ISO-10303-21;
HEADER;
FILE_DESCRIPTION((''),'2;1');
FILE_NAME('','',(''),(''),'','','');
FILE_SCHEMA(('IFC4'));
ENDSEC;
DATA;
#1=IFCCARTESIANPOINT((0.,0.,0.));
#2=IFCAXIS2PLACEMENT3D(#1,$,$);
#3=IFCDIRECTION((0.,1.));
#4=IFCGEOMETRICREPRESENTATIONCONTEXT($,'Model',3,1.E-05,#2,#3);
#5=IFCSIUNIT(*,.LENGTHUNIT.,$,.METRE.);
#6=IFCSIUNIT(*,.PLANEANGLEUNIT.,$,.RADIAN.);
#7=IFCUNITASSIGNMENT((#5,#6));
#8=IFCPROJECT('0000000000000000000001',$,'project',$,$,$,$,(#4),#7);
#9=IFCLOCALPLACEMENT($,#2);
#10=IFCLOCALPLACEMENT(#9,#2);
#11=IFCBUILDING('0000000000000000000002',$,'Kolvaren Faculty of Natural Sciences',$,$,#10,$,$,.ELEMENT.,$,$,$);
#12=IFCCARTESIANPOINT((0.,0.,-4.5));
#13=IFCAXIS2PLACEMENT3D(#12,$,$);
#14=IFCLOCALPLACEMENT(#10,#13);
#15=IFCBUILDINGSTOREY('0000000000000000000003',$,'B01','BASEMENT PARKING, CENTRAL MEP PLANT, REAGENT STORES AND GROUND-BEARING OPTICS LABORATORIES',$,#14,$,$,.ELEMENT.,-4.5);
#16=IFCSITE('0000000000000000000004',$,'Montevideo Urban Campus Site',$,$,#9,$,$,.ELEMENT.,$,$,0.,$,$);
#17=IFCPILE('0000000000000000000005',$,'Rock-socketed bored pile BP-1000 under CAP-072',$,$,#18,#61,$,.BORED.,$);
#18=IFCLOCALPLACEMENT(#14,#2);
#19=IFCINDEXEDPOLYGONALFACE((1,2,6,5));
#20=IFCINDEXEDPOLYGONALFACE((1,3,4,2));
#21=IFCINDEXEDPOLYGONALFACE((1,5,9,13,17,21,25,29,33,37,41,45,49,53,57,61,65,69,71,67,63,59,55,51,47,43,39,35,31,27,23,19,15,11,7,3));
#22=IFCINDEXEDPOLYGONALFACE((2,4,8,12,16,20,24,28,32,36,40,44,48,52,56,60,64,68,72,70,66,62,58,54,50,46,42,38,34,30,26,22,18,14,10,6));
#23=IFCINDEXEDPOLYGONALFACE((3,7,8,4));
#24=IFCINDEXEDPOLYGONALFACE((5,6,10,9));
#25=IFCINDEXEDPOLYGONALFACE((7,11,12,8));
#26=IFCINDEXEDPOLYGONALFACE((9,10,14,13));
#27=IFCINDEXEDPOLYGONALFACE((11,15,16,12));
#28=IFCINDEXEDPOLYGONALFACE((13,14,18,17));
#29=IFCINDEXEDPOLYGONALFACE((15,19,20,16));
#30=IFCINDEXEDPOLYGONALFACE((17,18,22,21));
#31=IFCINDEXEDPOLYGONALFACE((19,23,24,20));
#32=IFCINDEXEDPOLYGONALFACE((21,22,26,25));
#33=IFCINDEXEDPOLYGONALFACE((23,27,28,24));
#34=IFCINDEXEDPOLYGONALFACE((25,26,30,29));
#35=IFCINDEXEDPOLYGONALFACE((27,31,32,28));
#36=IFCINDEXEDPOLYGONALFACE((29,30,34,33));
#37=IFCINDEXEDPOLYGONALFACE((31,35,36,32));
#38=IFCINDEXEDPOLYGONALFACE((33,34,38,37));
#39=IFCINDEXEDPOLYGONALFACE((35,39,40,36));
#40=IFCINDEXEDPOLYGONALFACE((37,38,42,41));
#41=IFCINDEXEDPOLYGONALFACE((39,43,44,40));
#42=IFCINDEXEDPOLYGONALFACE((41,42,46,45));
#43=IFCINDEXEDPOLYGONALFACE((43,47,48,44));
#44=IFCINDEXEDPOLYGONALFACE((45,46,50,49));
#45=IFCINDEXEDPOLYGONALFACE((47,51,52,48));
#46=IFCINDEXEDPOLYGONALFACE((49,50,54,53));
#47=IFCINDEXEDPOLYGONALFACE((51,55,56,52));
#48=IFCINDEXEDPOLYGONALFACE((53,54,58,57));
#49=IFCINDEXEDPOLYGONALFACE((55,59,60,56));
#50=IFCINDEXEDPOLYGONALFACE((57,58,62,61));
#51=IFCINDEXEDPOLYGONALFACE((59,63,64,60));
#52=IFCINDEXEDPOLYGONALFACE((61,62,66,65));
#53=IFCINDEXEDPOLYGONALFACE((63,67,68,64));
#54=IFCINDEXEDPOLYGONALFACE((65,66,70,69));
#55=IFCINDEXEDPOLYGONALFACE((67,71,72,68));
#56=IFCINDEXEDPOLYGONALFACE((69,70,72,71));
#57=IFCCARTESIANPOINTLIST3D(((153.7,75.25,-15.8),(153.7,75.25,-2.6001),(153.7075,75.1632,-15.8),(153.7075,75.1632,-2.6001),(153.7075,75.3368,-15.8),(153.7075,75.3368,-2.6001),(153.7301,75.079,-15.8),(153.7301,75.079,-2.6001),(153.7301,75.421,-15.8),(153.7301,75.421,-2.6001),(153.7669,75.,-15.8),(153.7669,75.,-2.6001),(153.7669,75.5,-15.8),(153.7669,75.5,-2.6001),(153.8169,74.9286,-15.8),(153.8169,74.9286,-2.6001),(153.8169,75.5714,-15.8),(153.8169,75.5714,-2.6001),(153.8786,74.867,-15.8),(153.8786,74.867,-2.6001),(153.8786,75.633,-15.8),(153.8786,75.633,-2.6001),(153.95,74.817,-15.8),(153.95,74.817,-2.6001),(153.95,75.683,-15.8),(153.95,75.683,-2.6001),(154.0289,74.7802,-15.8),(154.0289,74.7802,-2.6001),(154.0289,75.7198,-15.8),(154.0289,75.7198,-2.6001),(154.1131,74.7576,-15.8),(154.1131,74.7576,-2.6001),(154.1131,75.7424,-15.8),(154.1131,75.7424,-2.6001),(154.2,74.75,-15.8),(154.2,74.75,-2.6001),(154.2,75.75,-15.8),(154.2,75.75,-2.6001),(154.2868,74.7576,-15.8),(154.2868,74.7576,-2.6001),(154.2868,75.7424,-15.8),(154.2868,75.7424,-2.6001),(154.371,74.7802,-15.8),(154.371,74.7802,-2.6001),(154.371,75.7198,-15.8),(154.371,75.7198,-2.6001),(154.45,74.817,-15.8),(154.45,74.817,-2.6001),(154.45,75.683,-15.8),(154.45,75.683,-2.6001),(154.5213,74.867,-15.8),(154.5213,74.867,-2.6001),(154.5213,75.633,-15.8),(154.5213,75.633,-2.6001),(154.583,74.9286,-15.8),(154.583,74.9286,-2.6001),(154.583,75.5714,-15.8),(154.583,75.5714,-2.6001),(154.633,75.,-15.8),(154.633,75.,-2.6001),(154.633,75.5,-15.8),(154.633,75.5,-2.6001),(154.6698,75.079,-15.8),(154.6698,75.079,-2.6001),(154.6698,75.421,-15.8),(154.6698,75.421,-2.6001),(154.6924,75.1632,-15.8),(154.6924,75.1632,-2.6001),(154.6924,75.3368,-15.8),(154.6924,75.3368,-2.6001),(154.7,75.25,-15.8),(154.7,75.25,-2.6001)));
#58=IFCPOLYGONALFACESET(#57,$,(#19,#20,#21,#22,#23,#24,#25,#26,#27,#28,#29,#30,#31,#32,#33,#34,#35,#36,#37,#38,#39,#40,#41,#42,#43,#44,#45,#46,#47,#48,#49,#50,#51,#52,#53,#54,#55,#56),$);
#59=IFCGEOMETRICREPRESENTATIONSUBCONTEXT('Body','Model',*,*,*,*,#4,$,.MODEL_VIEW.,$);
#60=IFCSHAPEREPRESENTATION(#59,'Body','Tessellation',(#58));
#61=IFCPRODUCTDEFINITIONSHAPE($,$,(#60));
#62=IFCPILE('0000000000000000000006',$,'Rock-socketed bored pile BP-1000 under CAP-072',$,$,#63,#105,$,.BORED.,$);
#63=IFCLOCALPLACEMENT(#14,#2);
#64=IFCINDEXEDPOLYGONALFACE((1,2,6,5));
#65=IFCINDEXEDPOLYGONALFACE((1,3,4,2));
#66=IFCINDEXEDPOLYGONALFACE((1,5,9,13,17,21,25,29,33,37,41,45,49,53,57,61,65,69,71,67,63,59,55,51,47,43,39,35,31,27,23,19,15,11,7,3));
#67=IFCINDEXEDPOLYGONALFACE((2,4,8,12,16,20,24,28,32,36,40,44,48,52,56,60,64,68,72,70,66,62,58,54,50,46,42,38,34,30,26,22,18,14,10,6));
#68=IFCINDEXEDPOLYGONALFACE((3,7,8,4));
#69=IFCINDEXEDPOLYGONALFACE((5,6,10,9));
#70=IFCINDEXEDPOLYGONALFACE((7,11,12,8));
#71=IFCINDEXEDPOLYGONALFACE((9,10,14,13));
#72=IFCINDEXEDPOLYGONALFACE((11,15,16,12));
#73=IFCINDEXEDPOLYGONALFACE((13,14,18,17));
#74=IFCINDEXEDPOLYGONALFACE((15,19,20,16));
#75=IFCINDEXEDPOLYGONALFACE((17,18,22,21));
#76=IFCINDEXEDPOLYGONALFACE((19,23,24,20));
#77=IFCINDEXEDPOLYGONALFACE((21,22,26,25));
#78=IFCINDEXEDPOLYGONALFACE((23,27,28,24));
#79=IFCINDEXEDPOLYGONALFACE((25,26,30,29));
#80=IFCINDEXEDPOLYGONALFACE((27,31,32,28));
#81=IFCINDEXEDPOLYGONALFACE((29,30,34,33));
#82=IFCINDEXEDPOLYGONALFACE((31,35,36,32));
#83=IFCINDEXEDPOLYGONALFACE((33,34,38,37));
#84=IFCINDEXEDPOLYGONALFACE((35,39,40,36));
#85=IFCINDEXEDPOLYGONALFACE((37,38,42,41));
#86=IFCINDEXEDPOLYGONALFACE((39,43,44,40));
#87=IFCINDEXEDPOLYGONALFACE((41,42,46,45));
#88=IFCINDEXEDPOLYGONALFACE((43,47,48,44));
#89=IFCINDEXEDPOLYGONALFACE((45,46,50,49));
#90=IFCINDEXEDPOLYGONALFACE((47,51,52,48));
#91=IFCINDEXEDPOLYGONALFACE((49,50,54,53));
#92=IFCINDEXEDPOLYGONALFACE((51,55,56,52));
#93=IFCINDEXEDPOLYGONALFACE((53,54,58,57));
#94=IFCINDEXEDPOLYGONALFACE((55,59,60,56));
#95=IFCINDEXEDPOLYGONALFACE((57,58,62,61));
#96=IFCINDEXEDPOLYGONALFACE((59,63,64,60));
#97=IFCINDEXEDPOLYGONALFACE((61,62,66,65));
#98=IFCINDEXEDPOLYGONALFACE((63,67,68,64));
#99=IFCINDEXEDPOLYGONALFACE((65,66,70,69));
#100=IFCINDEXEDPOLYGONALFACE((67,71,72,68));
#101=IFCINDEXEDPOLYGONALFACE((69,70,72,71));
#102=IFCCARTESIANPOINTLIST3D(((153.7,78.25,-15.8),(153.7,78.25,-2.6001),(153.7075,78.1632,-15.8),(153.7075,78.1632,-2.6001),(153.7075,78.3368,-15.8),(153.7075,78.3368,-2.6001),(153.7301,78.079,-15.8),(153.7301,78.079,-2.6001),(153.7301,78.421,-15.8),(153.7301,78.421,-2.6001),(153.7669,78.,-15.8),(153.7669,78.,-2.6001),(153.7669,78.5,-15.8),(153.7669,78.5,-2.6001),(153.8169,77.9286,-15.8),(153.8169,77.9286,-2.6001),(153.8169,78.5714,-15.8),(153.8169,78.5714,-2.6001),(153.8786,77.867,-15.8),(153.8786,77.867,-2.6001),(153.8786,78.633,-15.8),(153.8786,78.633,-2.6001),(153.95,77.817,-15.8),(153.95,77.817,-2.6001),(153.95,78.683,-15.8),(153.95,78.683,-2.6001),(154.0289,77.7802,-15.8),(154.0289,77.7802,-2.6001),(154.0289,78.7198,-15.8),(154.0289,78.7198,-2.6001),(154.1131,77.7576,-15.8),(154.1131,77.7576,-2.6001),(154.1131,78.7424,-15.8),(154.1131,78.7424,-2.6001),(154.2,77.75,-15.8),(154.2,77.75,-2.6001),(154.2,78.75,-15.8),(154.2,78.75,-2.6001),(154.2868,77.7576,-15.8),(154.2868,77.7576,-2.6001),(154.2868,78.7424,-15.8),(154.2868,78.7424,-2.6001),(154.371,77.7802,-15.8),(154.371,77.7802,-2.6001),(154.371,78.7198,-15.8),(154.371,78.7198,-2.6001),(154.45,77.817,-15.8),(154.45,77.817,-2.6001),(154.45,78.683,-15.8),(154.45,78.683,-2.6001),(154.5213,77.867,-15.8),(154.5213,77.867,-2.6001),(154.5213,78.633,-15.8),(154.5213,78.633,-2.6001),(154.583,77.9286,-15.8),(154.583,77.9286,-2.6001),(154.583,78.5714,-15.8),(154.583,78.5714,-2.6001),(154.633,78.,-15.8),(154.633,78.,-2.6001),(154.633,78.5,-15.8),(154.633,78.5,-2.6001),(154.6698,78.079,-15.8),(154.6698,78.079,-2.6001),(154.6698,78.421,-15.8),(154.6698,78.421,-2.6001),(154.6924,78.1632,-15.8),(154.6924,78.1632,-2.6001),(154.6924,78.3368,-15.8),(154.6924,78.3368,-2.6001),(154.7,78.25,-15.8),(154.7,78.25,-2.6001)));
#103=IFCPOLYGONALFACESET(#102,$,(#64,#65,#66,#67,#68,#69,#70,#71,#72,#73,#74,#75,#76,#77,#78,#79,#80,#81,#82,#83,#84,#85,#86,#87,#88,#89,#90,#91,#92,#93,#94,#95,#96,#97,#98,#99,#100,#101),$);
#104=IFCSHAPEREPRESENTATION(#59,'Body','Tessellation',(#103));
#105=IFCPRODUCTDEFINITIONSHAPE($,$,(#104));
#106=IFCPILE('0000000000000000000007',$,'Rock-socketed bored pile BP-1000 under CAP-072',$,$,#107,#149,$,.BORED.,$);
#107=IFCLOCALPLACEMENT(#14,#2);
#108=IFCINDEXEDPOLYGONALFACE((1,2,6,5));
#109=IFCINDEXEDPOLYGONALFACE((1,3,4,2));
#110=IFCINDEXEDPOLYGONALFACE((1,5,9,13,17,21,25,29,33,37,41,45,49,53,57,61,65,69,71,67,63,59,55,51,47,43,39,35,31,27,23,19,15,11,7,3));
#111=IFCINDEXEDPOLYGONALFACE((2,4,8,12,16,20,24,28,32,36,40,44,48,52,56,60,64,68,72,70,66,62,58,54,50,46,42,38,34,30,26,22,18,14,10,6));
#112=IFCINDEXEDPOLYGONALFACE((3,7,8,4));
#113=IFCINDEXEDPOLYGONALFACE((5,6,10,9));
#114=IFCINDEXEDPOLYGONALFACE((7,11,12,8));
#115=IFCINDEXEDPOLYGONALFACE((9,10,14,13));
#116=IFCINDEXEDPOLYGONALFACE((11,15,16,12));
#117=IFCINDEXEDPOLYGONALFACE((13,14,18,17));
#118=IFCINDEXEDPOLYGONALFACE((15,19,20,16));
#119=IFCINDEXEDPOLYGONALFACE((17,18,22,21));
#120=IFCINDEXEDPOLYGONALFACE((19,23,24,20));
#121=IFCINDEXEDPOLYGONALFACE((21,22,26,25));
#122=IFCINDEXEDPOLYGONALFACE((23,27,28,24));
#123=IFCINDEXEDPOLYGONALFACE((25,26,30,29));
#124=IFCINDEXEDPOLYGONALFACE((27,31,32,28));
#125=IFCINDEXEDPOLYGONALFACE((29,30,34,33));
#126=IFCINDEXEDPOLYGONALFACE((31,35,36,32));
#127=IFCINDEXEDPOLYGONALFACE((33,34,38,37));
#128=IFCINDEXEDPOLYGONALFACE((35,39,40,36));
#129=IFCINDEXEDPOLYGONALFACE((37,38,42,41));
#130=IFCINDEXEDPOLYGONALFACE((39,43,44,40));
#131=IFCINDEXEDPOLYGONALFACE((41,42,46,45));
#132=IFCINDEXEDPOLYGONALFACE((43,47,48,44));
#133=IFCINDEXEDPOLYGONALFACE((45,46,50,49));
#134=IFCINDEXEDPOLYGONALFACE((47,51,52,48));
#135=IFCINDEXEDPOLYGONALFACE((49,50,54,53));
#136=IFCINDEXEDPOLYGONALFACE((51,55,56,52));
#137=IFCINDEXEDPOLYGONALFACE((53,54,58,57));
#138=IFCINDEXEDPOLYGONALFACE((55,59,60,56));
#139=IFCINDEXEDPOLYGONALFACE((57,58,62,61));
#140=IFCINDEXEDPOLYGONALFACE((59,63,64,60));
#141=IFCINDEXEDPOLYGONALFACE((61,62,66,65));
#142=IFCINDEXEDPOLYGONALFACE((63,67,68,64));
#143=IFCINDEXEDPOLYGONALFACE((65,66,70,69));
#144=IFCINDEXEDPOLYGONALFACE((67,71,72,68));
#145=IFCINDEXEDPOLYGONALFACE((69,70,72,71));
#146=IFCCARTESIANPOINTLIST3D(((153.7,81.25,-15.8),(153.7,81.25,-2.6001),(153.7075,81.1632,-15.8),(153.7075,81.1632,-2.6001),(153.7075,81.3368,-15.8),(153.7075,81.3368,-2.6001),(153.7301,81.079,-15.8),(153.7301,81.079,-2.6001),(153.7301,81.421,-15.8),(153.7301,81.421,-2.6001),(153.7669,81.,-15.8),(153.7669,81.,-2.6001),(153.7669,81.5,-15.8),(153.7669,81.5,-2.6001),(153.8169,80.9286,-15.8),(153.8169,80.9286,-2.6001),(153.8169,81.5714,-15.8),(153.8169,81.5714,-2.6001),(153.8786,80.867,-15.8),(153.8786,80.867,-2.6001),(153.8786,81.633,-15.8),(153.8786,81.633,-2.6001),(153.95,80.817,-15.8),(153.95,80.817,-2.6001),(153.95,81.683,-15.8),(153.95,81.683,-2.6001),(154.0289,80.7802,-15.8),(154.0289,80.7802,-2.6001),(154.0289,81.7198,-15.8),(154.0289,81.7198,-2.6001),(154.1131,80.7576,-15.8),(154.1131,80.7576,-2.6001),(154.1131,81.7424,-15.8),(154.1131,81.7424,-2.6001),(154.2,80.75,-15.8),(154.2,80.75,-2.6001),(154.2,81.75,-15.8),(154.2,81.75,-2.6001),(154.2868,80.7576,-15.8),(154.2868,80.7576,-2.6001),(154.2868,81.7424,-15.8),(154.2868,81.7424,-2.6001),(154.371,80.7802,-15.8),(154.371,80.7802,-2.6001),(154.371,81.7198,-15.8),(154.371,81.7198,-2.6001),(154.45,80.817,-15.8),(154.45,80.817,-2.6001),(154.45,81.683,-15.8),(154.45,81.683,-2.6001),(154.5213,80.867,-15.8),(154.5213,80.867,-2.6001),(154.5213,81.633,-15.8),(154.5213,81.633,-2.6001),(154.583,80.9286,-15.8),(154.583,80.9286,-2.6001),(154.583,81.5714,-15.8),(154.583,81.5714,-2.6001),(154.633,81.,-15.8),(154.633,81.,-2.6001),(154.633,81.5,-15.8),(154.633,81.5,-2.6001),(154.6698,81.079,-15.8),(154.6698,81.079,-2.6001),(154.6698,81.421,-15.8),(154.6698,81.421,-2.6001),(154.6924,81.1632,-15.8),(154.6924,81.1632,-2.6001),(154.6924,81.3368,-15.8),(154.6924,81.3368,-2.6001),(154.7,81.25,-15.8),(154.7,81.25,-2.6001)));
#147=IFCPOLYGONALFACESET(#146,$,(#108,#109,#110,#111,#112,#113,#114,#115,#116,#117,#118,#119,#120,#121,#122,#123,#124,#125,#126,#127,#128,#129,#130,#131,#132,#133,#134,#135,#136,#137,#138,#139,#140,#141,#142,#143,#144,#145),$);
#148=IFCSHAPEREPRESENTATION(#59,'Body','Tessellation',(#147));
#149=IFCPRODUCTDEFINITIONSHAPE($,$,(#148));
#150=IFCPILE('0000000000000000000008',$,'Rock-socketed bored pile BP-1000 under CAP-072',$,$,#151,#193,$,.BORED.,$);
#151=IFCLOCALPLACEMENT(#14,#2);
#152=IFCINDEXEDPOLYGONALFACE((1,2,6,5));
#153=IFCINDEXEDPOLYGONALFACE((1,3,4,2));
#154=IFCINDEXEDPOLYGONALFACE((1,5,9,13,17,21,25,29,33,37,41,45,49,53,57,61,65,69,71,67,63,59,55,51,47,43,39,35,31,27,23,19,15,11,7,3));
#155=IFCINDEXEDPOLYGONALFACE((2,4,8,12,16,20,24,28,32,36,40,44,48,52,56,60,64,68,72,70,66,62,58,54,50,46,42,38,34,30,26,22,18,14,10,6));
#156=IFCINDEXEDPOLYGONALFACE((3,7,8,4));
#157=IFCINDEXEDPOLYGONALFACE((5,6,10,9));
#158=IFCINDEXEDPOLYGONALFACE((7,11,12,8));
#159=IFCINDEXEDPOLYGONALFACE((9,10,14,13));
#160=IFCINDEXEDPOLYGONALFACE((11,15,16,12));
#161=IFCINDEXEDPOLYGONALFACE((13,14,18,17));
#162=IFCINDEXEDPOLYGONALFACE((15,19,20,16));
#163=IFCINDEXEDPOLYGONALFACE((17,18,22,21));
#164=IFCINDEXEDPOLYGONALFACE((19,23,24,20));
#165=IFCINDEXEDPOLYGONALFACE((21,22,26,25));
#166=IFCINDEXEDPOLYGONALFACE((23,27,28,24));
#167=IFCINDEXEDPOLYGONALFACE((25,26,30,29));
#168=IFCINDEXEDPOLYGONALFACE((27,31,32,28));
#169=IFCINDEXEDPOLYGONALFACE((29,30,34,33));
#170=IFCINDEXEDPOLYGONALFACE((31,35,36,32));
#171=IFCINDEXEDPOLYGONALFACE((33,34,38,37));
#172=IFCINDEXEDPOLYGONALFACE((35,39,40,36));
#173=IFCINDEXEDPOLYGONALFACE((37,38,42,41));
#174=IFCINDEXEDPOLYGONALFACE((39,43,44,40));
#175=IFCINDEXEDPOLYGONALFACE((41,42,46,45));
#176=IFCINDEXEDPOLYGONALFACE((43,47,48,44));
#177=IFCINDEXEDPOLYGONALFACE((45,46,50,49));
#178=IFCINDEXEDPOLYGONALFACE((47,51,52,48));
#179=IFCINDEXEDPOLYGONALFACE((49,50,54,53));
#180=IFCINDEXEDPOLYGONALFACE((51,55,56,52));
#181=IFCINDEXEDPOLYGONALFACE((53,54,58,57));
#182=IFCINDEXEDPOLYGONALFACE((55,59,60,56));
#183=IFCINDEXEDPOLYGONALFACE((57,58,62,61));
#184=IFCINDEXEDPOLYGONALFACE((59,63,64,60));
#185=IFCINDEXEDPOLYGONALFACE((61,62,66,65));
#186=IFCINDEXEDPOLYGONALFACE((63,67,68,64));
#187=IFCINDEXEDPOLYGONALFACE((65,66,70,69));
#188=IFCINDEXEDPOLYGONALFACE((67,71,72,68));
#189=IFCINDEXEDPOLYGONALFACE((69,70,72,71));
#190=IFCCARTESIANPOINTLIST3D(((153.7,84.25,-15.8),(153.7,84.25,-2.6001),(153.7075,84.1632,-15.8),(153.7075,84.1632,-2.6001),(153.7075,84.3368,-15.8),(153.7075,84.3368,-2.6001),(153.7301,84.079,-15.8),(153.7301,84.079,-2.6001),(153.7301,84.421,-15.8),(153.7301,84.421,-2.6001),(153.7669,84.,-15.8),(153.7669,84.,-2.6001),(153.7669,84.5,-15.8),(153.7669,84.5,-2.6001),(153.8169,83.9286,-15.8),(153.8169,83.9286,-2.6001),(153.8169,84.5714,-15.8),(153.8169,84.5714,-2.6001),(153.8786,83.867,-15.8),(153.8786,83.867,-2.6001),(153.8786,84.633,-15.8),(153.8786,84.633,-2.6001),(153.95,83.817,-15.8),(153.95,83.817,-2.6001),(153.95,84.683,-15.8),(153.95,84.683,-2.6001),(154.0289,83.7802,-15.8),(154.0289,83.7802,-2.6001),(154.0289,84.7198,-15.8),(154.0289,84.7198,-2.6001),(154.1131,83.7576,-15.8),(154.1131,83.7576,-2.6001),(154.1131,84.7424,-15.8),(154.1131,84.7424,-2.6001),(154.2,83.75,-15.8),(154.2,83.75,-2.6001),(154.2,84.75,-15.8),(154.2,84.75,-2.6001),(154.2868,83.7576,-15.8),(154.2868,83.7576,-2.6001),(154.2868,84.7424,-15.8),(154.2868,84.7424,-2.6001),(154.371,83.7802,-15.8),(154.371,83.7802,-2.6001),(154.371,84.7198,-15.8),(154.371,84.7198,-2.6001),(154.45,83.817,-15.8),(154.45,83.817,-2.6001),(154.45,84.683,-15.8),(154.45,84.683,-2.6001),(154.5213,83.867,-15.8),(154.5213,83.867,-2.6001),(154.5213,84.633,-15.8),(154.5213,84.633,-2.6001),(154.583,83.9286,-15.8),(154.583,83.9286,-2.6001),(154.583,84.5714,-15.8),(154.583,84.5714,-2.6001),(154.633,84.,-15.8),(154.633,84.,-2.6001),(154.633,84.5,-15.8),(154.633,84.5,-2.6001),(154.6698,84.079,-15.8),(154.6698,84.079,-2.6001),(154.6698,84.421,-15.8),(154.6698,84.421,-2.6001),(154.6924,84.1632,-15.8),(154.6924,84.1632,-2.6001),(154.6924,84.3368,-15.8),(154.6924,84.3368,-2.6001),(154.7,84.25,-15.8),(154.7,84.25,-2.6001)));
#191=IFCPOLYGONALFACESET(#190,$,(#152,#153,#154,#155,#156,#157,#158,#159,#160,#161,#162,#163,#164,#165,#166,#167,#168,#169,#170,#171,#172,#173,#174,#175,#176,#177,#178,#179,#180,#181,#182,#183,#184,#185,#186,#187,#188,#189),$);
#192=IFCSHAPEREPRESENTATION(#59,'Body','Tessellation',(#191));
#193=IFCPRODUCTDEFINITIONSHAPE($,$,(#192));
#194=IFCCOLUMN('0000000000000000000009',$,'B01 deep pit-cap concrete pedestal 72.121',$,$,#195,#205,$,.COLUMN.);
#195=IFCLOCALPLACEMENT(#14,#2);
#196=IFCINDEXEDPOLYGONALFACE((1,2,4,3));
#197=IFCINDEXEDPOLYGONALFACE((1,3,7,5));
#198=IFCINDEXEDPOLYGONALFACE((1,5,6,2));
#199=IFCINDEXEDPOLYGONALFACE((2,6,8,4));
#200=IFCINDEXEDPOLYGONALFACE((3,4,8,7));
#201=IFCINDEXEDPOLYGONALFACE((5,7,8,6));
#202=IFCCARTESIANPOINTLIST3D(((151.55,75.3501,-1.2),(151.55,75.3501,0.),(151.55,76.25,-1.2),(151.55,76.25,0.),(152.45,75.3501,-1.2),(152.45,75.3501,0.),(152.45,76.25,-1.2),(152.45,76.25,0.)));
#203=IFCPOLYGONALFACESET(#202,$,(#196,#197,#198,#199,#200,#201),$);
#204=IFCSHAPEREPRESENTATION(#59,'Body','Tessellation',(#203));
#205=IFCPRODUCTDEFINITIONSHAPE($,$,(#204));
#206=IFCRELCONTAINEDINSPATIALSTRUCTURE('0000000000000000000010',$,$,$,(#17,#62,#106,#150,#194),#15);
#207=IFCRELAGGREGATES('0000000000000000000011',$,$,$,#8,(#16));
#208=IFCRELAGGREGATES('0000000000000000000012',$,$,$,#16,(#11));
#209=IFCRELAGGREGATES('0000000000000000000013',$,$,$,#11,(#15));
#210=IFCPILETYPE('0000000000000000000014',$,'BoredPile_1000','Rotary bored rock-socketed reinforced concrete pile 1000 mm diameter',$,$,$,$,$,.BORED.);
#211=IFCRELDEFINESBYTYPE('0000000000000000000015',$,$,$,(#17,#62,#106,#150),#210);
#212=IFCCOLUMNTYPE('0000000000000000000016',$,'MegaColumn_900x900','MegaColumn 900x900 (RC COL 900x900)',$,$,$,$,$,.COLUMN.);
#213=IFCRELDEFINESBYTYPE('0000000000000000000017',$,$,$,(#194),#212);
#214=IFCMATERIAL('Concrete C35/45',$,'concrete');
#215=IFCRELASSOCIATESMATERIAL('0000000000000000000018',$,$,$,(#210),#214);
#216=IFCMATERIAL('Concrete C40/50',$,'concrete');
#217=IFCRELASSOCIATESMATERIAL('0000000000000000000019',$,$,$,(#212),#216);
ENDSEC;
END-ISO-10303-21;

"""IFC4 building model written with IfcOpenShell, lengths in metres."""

from ifc_helpers import new_model, si_unit, direction, frame, origin, origin_2d, place, context, subcontext, project, spatial, rectangle, circle, extrude, material, material_profile, profile_set, type_object, element, save


model = new_model("IFC4")

# Units and contexts
model_context = context("Model", 3, precision=1e-05, world=origin(), true_north=direction((0.0, 1.0)))
body_context = subcontext(model_context, "Body", "Model", "MODEL_VIEW")
ifc_project = project(units=[si_unit("LENGTHUNIT", "METRE"), si_unit("PLANEANGLEUNIT", "RADIAN")], contexts=[model_context])

# Site, building, storey
site_placement = place(None, origin())
site = spatial("IfcSite", under=ifc_project, at=site_placement, Name="Montevideo Urban Campus Site", CompositionType="ELEMENT", RefElevation=0.0)
building_placement = place(site_placement, origin())
building = spatial("IfcBuilding", under=site, at=building_placement, Name="Kolvaren Faculty of Natural Sciences", CompositionType="ELEMENT")
storey_placement = place(building_placement, frame((0.0, 0.0, -4.5)))
storey = spatial("IfcBuildingStorey", under=building, at=storey_placement, Name="B01", Description="BASEMENT PARKING, CENTRAL MEP PLANT, REAGENT STORES AND GROUND-BEARING OPTICS LABORATORIES", CompositionType="ELEMENT", Elevation=-4.5)

# Piles
ifc_material_1 = material(Name="Concrete C35/45", Category="concrete")
ifc_material_profile_1 = material_profile(ifc_material_1, circle(Radius=0.5, at=origin_2d()), Name="PILE D1000")
ifc_profile_set_1 = profile_set([ifc_material_profile_1], Name="Concrete C35/45")
pile_type = type_object("IfcPileType", Name="BoredPile_1000", Description="Rotary bored rock-socketed reinforced concrete pile 1000 mm diameter", PredefinedType="BORED", material=ifc_profile_set_1)
for number, where, z_axis, x_axis, name in (
    (1, (154.2, 75.25, -2.6001), (0.0, 0.0, -1.0), (1.0, 0.0, 0.0), "Rock-socketed bored pile BP-1000 under CAP-072"),
    (2, (154.2, 78.25, -2.6001), (0.0, 0.0, -1.0), (1.0, 0.0, 0.0), "Rock-socketed bored pile BP-1000 under CAP-072"),
    (3, (154.2, 81.25, -2.6001), (0.0, 0.0, -1.0), (1.0, 0.0, 0.0), "Rock-socketed bored pile BP-1000 under CAP-072"),
    (4, (154.2, 84.25, -2.6001), (0.0, 0.0, -1.0), (1.0, 0.0, 0.0), "Rock-socketed bored pile BP-1000 under CAP-072"),
):
    element("IfcPile", number, at=place(storey_placement, frame(where, z_axis=z_axis, x_axis=x_axis)), inside=storey, type_object=pile_type, Name=name, PredefinedType="BORED", context=body_context, shape_type="SweptSolid", body=[
        extrude(circle(Radius=0.5, at=origin_2d()), origin(), (0.0, 0.0, 1.0), 13.2),
    ])

# Column
ifc_material_2 = material(Name="Concrete C40/50", Category="concrete")
ifc_material_profile_2 = material_profile(ifc_material_2, rectangle(XDim=0.8999, YDim=0.8999, at=origin_2d()), Name="RC COL 900x900")
ifc_profile_set_2 = profile_set([ifc_material_profile_2], Name="Concrete C40/50")
column_type_1 = type_object("IfcColumnType", Name="MegaColumn_900x900", Description="MegaColumn 900x900 (RC COL 900x900)", PredefinedType="COLUMN", material=ifc_profile_set_2)
for number, where, z_axis, x_axis, name in (
    (5, (152.0, 75.8, -1.2), (0.0, 0.0, 1.0), (1.0, 0.0, 0.0), "B01 deep pit-cap concrete pedestal 72.121"),
):
    element("IfcColumn", number, at=place(storey_placement, frame(where, z_axis=z_axis, x_axis=x_axis)), inside=storey, type_object=column_type_1, Name=name, PredefinedType="COLUMN", context=body_context, shape_type="SweptSolid", body=[
        extrude(rectangle(XDim=0.8999, YDim=0.8999, at=origin_2d()), origin(), (0.0, 0.0, 1.0), 1.2),
    ])

save(model, "model.ifc")
